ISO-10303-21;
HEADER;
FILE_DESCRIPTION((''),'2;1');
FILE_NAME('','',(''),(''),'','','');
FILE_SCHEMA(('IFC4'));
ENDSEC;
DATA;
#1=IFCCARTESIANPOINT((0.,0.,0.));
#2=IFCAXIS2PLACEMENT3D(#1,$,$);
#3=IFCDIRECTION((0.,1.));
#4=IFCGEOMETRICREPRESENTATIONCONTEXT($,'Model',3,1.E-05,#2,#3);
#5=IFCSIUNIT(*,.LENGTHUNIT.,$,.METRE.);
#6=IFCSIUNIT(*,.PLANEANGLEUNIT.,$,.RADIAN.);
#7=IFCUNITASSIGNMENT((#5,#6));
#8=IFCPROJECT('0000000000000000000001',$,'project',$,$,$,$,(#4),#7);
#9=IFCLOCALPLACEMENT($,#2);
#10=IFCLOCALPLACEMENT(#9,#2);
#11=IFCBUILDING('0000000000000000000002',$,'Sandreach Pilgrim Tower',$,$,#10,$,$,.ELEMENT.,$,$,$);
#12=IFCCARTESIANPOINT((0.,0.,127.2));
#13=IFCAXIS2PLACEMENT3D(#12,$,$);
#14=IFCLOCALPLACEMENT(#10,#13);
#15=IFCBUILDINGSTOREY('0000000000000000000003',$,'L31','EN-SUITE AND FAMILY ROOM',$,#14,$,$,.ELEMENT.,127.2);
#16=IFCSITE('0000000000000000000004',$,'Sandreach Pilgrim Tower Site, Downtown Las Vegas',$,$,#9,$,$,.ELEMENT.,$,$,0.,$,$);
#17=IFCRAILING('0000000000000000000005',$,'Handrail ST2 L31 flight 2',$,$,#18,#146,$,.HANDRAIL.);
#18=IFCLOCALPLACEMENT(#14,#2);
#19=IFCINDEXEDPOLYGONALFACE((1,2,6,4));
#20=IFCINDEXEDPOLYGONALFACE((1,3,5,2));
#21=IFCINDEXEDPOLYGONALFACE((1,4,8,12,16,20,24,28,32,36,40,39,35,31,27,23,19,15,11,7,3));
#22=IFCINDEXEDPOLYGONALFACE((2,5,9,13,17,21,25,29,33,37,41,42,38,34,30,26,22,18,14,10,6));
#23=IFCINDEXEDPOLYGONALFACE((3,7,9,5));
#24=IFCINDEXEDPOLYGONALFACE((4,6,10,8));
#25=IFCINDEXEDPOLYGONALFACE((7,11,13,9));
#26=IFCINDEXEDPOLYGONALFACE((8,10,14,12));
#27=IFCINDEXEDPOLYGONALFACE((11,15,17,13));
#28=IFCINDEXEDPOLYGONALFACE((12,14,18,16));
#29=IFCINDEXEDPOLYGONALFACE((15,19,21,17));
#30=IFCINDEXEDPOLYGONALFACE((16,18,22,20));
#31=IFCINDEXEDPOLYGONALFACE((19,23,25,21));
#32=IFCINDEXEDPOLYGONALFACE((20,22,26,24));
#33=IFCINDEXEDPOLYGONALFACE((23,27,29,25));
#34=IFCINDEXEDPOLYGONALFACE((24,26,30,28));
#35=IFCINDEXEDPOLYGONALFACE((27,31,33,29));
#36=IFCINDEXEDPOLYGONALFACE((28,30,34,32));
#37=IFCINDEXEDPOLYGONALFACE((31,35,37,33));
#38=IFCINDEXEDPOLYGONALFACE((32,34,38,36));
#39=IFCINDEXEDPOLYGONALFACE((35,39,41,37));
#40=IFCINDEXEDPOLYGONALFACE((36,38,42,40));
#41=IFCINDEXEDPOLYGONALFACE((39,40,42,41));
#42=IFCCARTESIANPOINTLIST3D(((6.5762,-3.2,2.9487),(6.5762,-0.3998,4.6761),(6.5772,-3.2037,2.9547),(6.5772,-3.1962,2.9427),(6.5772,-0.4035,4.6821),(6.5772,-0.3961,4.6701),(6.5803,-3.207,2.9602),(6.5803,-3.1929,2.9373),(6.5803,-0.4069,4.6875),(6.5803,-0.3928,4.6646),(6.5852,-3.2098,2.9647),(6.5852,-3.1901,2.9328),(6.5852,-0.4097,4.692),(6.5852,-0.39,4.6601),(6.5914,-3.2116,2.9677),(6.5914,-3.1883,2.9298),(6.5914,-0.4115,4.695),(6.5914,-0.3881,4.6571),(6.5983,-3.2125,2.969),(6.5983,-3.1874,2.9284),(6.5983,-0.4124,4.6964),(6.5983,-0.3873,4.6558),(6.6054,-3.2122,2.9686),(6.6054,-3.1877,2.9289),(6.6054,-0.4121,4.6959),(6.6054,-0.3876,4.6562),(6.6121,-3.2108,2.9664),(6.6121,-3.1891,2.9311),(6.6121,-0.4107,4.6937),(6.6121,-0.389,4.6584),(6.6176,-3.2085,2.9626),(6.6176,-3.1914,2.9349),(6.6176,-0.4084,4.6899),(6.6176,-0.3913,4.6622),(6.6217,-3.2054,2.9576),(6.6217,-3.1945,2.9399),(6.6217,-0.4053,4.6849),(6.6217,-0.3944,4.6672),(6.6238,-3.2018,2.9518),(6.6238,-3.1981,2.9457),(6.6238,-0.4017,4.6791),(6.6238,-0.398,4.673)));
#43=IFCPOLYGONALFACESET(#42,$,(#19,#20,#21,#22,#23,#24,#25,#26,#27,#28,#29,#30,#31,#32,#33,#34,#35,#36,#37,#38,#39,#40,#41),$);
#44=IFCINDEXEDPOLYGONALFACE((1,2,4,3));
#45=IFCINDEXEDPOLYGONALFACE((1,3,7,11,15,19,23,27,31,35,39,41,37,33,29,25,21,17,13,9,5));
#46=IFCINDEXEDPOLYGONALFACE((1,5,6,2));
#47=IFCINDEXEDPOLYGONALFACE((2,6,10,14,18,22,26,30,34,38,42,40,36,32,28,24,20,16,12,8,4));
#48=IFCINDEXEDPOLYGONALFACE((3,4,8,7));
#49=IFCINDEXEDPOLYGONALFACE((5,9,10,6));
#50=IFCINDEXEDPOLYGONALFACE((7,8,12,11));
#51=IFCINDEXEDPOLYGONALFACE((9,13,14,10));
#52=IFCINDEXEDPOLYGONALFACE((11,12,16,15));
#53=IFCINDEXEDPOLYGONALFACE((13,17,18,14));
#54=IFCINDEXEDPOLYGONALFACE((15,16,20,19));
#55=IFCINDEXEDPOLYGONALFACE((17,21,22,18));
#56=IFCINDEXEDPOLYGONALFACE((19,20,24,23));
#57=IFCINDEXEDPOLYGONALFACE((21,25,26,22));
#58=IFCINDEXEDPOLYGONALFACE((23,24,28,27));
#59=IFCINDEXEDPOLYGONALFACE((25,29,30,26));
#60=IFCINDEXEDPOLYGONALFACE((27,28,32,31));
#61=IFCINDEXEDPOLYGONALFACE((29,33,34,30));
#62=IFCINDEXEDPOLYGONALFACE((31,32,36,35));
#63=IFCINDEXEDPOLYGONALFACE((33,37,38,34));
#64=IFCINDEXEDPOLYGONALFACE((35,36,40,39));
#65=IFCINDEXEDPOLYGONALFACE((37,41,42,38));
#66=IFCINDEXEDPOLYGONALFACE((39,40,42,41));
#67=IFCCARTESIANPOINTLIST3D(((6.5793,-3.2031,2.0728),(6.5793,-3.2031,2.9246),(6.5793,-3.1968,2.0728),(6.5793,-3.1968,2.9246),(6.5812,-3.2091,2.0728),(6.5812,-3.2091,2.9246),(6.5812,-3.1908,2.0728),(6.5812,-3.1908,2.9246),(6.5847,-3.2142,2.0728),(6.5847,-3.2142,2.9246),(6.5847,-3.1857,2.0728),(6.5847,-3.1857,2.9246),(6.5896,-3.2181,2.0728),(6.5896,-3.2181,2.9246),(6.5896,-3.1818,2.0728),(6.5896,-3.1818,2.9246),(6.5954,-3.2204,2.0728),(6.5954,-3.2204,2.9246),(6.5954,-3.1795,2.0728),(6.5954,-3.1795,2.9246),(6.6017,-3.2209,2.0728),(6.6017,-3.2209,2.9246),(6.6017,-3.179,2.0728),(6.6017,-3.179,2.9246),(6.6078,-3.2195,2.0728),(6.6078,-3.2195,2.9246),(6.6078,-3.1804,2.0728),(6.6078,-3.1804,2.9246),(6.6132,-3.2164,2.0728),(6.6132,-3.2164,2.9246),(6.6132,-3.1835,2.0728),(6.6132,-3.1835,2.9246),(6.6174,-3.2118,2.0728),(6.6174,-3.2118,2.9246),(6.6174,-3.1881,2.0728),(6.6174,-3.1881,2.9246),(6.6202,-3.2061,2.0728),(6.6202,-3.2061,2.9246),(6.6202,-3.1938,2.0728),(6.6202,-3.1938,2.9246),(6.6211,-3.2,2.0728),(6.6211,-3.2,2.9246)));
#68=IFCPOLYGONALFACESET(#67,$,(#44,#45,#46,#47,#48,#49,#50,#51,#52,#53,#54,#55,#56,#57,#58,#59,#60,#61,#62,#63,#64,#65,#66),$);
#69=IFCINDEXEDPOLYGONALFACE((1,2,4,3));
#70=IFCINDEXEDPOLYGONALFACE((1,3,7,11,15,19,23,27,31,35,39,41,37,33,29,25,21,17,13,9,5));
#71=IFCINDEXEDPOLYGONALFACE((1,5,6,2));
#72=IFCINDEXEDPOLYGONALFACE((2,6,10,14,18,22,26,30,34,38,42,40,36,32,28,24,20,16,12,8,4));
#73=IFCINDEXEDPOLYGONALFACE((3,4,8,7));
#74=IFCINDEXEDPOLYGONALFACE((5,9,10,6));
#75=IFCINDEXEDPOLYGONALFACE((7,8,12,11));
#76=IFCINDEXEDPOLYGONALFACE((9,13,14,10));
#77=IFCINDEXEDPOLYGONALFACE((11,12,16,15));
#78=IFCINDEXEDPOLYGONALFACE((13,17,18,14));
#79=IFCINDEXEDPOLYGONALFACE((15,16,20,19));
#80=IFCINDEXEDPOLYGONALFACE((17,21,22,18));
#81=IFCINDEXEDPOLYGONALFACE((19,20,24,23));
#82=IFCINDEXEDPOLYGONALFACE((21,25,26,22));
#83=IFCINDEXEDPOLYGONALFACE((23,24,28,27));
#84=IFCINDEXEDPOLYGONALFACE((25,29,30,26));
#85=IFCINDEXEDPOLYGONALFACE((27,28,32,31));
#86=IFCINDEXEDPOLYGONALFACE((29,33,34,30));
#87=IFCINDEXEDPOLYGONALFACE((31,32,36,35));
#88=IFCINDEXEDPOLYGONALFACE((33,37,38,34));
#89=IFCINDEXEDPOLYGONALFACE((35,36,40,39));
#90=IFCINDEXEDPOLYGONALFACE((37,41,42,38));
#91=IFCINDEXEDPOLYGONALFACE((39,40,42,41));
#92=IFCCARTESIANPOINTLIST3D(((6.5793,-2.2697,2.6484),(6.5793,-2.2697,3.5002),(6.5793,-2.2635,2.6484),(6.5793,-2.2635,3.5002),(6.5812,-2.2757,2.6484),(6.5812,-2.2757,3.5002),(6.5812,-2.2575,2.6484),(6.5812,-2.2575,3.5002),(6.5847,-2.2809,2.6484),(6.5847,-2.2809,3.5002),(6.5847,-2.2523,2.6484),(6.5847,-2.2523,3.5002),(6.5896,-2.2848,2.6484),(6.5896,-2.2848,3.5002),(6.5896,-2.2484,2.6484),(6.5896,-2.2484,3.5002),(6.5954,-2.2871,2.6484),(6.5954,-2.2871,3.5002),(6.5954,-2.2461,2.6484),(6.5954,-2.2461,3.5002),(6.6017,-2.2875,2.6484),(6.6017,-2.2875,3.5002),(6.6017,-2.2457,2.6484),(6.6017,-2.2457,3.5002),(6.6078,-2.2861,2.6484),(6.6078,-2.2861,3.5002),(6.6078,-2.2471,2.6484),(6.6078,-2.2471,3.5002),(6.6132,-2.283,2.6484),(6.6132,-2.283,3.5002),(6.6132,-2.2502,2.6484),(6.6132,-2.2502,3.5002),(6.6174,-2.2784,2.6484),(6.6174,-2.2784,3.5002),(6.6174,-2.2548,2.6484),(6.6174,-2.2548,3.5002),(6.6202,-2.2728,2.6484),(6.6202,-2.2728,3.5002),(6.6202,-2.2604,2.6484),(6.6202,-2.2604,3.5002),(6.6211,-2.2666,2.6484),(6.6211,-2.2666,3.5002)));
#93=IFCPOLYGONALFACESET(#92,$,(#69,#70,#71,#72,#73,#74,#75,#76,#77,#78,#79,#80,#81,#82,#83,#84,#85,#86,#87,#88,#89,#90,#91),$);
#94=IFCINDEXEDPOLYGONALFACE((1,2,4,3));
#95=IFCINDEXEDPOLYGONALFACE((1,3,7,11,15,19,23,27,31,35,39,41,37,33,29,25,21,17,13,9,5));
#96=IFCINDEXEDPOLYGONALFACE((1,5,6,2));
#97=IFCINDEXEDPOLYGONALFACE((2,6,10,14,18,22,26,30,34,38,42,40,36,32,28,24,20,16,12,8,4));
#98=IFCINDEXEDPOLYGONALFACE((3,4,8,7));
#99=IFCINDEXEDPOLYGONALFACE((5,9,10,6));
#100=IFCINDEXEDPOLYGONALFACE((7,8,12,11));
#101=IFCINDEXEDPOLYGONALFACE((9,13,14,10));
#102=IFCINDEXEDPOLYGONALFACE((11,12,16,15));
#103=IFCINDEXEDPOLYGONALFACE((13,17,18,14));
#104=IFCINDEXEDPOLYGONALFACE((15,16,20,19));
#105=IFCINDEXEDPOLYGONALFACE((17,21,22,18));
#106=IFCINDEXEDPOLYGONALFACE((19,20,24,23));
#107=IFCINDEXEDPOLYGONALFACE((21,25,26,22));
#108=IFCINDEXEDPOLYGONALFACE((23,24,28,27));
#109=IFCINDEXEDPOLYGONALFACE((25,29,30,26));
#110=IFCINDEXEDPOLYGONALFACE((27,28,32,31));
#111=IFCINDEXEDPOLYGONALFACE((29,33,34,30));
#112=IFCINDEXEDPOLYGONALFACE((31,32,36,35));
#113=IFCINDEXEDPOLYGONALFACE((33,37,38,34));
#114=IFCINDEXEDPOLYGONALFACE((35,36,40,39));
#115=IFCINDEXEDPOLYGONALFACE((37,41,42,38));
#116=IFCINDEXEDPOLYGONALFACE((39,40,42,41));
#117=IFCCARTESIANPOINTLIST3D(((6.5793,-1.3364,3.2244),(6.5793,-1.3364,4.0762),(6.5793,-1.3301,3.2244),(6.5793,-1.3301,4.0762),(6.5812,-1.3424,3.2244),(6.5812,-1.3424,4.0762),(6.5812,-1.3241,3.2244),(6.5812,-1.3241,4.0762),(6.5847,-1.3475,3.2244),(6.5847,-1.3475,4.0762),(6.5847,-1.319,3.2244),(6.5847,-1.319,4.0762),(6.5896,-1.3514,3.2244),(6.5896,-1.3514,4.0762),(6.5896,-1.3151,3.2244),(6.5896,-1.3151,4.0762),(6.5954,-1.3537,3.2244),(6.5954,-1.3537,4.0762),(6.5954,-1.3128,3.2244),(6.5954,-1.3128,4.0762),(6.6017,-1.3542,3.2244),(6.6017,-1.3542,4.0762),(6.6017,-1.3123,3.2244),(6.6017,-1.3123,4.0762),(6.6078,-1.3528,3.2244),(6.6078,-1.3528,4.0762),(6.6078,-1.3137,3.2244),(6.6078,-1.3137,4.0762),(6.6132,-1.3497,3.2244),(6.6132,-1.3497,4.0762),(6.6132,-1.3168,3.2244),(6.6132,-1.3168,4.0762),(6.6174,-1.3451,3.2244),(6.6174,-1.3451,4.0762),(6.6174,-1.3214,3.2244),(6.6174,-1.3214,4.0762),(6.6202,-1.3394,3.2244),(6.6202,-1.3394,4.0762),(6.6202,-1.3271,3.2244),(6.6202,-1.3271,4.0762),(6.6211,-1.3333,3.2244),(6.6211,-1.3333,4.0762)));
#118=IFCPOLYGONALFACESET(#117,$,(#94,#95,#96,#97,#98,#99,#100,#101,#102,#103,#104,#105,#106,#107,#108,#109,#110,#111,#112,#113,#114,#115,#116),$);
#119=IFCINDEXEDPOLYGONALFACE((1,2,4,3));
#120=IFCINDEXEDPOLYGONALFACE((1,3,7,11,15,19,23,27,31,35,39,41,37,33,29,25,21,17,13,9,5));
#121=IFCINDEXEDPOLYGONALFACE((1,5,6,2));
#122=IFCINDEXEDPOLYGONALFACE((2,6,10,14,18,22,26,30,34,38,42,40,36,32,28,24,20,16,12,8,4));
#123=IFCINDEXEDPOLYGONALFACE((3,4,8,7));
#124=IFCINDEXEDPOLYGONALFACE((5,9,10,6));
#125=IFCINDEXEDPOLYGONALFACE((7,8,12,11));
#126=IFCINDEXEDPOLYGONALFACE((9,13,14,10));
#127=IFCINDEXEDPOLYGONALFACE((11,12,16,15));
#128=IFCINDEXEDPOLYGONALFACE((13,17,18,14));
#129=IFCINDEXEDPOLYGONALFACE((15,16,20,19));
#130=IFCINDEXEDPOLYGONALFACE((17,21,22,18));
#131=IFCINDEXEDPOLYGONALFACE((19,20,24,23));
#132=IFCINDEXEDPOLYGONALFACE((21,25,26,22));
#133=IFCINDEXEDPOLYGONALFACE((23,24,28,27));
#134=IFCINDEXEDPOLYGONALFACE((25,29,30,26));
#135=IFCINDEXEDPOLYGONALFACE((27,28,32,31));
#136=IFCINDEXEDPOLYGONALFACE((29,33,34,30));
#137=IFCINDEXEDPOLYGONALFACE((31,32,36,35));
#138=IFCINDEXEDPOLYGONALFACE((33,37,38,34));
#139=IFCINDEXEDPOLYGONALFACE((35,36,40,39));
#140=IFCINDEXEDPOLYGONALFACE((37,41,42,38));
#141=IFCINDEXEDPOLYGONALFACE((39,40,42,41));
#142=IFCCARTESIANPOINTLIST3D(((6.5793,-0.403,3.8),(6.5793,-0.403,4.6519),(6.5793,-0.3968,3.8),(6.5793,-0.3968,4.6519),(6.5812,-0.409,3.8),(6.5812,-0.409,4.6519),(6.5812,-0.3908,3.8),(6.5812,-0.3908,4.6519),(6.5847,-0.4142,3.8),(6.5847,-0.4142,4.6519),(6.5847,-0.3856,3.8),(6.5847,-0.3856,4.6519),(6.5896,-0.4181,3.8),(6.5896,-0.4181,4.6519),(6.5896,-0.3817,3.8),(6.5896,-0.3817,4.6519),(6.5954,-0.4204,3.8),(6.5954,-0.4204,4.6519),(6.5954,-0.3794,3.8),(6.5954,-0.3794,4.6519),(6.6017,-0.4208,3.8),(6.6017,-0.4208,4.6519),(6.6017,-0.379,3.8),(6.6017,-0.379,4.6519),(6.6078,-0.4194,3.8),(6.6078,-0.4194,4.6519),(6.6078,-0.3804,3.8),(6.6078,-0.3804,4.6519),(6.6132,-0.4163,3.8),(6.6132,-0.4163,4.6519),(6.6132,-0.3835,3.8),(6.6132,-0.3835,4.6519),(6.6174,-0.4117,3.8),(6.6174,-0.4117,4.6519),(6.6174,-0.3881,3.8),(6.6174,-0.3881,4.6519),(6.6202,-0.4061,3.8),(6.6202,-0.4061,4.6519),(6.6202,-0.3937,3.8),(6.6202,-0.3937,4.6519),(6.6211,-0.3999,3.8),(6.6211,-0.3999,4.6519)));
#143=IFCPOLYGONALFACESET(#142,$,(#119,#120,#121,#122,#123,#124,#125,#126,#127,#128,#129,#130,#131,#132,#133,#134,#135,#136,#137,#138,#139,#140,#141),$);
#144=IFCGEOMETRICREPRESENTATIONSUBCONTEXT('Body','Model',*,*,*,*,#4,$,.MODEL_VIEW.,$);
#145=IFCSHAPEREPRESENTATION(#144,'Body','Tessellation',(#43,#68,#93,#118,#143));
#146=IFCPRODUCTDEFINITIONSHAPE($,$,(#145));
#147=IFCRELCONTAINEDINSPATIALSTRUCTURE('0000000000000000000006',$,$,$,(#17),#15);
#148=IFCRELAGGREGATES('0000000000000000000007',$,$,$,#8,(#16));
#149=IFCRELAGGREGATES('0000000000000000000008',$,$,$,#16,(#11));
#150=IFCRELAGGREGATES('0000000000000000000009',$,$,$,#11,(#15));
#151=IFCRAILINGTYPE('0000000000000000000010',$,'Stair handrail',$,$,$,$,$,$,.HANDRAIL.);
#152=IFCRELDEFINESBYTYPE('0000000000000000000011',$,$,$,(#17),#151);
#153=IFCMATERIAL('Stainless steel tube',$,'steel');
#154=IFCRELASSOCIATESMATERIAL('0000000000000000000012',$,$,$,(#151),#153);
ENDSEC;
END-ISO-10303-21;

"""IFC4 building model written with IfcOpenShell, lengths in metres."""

from ifc_helpers import new_model, si_unit, direction, frame, origin, origin_2d, place, context, subcontext, project, spatial, circle, extrude, material, type_object, element, save


model = new_model("IFC4")

# Units and contexts
model_context = context("Model", 3, precision=1e-05, world=origin(), true_north=direction((0.0, 1.0)))
body_context = subcontext(model_context, "Body", "Model", "MODEL_VIEW")
ifc_project = project(units=[si_unit("LENGTHUNIT", "METRE"), si_unit("PLANEANGLEUNIT", "RADIAN")], contexts=[model_context])

# Site, building, storey
site_placement = place(None, origin())
site = spatial("IfcSite", under=ifc_project, at=site_placement, Name="Sandreach Pilgrim Tower Site, Downtown Las Vegas", CompositionType="ELEMENT", RefElevation=0.0)
building_placement = place(site_placement, origin())
building = spatial("IfcBuilding", under=site, at=building_placement, Name="Sandreach Pilgrim Tower", CompositionType="ELEMENT")
storey_placement = place(building_placement, frame((0.0, 0.0, 127.2)))
storey = spatial("IfcBuildingStorey", under=building, at=storey_placement, Name="L31", Description="EN-SUITE AND FAMILY ROOM", CompositionType="ELEMENT", Elevation=127.2)

# Railing
ifc_material_1 = material(Name="Stainless steel tube", Category="steel")
railing_type = type_object("IfcRailingType", Name="Stair handrail", PredefinedType="HANDRAIL", material=ifc_material_1)
for number, where, name in (
    (1, (6.6001, -3.2, 2.0728), "Handrail ST2 L31 flight 2"),
):
    element("IfcRailing", number, at=place(storey_placement, frame(where)), inside=storey, type_object=railing_type, Name=name, PredefinedType="HANDRAIL", context=body_context, shape_type="SweptSolid", body=[
        extrude(circle(Radius=0.0239, at=origin_2d()), frame((0.0, 0.0, 0.876), z_axis=(0.0, 0.85109, 0.52502), x_axis=(-1.0, 0.0, 0.0)), (0.0, 0.0, 1.0), 3.29),
        extrude(circle(Radius=0.021, at=origin_2d()), origin(), (0.0, 0.0, 1.0), 0.8518),
        extrude(circle(Radius=0.021, at=origin_2d()), frame((0.0, 0.9333, 0.5757)), (0.0, 0.0, 1.0), 0.8518),
        extrude(circle(Radius=0.021, at=origin_2d()), frame((0.0, 1.8667, 1.1516)), (0.0, 0.0, 1.0), 0.8518),
        extrude(circle(Radius=0.021, at=origin_2d()), frame((0.0, 2.8, 1.7273)), (0.0, 0.0, 1.0), 0.8518),
    ])

save(model, "model.ifc")
